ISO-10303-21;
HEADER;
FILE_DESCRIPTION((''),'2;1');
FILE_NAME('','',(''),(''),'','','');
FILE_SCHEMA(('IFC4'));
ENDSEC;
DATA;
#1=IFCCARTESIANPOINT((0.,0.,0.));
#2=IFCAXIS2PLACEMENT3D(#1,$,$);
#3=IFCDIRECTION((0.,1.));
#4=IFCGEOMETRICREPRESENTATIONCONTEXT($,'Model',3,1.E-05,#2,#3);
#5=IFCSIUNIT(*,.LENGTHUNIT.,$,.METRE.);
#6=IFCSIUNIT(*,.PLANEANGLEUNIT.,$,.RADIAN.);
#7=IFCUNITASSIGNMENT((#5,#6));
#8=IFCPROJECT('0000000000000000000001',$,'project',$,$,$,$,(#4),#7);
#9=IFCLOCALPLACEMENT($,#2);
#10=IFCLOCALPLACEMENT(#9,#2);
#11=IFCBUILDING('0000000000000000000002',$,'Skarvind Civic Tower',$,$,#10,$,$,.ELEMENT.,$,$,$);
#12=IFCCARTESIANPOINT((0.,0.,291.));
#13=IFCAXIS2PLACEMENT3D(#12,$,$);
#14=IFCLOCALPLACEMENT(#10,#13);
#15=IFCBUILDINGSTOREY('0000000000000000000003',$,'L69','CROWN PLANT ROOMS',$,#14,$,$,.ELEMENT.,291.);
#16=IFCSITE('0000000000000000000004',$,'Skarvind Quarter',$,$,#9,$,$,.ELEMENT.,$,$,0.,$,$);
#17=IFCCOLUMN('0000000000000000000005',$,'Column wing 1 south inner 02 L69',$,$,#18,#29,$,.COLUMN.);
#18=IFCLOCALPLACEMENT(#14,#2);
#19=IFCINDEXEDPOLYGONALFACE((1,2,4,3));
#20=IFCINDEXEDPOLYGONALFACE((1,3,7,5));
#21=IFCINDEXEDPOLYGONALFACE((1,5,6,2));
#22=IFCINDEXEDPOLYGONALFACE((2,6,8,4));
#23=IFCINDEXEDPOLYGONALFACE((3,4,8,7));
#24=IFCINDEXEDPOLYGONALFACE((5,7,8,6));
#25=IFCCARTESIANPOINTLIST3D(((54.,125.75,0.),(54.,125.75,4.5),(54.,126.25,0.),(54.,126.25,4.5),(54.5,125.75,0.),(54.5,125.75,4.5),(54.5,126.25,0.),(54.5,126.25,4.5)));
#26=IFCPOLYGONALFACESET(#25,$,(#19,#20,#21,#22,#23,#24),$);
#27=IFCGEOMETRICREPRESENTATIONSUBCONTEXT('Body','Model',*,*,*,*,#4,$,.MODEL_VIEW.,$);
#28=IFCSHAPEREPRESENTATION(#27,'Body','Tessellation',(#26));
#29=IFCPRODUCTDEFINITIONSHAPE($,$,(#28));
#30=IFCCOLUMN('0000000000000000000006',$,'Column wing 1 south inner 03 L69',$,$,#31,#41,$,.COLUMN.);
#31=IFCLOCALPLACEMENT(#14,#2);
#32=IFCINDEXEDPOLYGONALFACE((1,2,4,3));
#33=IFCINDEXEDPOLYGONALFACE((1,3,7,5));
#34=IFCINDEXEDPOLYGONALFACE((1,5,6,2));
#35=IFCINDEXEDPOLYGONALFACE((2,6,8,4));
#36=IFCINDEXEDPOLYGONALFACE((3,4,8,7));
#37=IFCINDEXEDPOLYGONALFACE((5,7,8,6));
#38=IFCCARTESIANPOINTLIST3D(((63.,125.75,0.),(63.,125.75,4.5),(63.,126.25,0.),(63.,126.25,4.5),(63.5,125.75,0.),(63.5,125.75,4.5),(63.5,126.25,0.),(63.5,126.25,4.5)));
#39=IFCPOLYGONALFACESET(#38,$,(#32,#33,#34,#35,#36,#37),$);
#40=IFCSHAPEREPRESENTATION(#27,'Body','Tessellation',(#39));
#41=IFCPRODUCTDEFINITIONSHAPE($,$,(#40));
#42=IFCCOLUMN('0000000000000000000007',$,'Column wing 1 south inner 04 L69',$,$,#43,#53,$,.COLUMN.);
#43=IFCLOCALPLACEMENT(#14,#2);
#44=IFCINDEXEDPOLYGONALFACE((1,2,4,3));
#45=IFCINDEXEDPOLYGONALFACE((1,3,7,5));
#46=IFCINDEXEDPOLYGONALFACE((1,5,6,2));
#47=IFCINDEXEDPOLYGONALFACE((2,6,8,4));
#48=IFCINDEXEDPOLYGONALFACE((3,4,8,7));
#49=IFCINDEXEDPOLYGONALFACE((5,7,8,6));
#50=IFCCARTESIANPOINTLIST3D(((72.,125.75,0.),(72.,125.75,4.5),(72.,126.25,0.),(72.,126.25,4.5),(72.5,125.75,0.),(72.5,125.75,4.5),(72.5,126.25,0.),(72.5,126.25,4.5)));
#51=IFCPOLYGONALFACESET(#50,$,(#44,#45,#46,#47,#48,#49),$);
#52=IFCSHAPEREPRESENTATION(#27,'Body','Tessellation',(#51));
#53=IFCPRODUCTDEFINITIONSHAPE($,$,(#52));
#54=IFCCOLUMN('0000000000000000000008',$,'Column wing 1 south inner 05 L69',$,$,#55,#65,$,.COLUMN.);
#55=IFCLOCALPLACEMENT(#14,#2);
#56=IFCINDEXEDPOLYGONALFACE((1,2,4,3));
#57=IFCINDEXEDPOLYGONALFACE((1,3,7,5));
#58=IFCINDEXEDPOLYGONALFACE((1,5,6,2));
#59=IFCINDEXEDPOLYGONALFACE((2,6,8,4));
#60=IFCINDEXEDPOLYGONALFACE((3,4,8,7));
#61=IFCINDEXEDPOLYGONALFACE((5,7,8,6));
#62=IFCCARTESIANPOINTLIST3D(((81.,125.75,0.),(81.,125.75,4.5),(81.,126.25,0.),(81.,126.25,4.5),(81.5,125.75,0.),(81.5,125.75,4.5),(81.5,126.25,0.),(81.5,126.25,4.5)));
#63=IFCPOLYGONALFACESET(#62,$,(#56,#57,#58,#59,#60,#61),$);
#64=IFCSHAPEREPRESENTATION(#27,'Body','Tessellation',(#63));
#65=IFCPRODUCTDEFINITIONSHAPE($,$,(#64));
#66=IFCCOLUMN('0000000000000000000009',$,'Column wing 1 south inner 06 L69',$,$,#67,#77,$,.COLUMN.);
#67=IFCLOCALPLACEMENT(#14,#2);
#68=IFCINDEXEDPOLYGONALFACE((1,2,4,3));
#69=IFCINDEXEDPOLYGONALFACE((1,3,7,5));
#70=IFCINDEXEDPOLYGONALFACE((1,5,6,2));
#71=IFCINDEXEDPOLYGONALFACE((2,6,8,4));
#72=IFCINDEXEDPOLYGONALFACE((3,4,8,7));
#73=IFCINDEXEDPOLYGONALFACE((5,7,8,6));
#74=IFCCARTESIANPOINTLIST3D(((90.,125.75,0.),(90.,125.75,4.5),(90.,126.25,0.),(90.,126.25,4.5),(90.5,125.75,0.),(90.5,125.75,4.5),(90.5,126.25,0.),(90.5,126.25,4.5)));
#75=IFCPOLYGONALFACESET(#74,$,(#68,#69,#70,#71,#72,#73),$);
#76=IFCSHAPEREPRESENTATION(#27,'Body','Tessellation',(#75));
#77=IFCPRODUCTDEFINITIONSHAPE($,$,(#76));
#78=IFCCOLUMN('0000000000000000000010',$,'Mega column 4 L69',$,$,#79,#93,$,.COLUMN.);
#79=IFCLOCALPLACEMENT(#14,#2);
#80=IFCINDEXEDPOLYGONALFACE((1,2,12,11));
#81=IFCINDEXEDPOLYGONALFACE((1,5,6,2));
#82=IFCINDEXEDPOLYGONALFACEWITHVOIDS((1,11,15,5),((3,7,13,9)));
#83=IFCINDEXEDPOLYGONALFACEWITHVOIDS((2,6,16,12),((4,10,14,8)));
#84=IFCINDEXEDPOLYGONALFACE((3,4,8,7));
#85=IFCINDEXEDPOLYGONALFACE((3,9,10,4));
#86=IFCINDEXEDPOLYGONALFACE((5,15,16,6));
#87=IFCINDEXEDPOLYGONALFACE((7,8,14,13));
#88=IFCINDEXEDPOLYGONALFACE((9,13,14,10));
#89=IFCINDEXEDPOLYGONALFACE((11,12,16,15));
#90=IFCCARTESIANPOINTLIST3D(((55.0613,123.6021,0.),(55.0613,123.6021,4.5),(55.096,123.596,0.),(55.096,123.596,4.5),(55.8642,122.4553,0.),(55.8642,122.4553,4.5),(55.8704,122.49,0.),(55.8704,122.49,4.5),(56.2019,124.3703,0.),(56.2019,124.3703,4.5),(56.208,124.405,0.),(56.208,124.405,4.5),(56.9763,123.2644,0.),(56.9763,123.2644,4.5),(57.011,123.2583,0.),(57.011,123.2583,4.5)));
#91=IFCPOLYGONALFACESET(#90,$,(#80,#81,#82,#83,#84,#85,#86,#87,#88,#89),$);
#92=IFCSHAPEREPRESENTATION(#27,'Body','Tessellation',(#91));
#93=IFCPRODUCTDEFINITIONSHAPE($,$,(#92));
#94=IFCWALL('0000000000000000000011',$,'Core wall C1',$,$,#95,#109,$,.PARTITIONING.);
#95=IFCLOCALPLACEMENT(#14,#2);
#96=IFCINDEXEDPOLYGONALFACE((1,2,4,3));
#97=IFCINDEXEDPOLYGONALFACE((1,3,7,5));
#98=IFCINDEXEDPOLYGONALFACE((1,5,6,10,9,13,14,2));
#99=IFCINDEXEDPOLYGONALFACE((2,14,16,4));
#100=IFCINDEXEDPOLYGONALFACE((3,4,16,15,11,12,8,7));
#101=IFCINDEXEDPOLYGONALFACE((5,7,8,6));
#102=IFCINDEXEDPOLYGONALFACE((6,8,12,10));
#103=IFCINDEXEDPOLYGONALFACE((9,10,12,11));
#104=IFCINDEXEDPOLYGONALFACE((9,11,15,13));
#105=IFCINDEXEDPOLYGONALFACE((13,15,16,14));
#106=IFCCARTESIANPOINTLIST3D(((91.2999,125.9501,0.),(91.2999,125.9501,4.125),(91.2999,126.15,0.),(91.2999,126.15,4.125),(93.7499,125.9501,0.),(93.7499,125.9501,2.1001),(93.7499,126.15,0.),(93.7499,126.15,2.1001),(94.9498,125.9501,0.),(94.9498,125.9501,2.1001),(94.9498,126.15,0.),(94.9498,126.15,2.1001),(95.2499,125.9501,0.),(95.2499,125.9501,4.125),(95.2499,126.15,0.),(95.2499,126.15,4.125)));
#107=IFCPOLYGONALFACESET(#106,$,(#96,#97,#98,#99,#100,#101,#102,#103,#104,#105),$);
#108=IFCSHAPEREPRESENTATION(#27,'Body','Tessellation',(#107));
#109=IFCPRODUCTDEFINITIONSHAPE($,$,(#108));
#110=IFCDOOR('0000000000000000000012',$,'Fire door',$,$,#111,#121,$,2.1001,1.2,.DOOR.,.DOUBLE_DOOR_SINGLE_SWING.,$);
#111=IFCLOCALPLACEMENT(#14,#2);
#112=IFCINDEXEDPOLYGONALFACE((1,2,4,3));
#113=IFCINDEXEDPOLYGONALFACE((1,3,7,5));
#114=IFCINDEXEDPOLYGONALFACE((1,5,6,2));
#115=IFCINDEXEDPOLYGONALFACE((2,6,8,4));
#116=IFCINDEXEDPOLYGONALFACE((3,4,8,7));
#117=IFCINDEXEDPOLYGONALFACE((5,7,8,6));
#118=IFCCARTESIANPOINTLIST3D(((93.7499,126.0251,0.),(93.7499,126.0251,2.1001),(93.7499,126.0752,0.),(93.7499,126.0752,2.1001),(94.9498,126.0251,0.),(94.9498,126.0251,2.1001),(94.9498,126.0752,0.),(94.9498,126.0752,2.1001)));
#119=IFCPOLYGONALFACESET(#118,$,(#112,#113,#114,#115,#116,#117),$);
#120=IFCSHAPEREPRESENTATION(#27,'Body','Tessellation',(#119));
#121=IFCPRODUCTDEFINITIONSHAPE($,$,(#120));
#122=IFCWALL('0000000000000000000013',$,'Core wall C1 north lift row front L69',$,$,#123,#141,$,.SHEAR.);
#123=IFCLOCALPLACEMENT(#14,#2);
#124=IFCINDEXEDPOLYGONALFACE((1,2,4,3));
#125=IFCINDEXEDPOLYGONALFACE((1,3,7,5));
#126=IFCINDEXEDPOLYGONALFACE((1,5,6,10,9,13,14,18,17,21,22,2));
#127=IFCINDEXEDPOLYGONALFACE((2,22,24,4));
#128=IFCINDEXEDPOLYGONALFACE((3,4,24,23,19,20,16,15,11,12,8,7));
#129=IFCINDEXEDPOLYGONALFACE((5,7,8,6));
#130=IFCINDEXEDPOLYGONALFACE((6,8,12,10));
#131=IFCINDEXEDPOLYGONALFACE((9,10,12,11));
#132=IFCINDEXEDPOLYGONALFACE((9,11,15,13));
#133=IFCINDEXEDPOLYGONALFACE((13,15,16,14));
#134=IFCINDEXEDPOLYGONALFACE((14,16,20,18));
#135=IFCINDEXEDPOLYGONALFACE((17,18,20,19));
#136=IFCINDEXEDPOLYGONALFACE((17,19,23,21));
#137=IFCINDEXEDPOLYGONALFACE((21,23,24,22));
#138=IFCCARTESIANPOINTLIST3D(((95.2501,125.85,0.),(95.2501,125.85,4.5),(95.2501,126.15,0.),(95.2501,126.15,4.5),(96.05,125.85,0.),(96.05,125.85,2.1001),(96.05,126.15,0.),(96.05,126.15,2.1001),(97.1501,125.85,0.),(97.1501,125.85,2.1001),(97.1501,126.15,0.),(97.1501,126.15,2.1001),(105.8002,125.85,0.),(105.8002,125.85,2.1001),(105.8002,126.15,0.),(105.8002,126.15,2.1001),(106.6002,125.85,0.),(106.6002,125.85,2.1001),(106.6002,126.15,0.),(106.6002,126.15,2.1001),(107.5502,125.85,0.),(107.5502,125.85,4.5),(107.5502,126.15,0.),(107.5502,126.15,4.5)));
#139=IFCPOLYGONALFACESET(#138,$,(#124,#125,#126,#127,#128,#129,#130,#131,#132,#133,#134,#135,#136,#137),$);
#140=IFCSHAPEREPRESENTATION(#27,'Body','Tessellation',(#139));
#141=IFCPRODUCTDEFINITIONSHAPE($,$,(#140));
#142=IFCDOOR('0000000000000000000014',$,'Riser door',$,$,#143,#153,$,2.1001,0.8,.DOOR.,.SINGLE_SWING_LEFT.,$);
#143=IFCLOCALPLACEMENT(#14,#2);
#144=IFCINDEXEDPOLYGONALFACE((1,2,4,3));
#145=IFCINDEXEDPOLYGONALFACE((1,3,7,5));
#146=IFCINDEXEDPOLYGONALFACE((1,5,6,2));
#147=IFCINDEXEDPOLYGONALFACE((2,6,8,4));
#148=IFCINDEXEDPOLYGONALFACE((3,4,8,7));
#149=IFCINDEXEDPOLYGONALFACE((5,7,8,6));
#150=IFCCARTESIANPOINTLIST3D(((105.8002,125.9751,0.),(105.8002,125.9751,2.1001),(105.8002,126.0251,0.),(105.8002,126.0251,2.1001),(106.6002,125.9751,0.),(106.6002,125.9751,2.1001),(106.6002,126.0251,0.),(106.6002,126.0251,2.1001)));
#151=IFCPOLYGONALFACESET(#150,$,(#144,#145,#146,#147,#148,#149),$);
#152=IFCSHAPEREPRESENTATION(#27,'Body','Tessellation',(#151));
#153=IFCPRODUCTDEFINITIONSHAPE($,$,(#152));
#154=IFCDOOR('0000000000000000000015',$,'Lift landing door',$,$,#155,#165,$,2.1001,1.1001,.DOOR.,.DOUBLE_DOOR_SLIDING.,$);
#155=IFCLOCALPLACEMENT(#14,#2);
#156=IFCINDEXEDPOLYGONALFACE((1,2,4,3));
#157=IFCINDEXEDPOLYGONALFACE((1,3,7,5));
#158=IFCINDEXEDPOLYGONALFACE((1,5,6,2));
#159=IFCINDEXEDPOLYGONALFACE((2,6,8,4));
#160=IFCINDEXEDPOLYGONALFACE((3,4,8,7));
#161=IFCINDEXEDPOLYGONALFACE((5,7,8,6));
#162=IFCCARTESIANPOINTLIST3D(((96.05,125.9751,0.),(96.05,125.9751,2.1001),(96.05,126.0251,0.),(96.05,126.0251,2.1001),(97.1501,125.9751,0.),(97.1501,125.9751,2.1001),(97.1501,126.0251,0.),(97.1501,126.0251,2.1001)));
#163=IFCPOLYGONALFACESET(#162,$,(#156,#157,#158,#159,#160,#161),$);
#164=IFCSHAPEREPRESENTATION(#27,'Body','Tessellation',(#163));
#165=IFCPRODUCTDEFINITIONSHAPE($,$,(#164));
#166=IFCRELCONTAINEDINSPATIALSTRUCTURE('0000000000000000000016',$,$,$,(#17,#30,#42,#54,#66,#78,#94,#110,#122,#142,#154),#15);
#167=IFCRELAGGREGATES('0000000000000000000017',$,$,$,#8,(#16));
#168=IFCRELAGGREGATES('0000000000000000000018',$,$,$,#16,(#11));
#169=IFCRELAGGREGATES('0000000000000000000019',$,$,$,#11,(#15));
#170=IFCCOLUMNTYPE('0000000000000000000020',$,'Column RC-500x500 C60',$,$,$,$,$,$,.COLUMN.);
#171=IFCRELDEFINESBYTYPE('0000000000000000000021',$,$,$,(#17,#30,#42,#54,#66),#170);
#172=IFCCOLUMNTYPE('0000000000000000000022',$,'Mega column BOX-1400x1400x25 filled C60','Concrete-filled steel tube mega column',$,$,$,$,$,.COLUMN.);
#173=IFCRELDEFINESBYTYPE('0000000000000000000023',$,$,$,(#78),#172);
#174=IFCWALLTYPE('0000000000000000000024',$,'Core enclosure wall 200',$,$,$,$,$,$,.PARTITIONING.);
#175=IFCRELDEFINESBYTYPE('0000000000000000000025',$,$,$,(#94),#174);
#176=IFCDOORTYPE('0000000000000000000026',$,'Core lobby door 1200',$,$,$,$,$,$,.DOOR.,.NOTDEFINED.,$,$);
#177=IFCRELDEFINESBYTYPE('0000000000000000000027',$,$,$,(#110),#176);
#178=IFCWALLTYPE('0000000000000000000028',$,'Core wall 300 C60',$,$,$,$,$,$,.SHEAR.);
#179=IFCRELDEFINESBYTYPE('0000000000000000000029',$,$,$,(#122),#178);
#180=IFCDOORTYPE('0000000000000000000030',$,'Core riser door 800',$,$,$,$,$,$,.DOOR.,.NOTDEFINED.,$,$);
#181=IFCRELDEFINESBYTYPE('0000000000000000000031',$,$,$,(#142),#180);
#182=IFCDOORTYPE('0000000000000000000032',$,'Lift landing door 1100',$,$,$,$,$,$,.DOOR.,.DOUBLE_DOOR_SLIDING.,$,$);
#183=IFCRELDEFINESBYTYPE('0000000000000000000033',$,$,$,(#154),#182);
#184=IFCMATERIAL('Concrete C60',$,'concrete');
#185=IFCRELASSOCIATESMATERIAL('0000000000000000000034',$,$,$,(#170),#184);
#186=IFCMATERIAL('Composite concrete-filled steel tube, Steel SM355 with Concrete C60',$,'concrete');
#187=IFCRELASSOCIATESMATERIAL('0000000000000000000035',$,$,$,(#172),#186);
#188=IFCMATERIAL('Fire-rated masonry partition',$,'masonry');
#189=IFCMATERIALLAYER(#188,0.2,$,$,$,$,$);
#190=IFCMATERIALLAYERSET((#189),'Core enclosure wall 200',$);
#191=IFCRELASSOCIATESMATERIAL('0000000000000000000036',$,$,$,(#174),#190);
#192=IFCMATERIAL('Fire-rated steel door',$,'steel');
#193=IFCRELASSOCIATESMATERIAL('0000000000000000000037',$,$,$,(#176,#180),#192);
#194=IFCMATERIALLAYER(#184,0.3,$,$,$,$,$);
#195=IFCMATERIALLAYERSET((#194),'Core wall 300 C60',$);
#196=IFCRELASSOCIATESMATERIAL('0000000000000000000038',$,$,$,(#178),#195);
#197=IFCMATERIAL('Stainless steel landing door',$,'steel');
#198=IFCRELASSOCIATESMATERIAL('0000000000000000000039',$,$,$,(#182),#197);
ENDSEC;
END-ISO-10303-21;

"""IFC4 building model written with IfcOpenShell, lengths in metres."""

from ifc_helpers import new_model, si_unit, direction, frame, frame_2d, origin, origin_2d, place, context, subcontext, project, spatial, rectangle, hollow_rectangle, extrude, material, layer, layer_set, material_profile, profile_set, type_object, element, fill, save


model = new_model("IFC4")

# Units and contexts
model_context = context("Model", 3, precision=1e-05, world=origin(), true_north=direction((0.0, 1.0)))
body_context = subcontext(model_context, "Body", "Model", "MODEL_VIEW")
ifc_project = project(units=[si_unit("LENGTHUNIT", "METRE"), si_unit("PLANEANGLEUNIT", "RADIAN")], contexts=[model_context])

# Site, building, storey
site_placement = place(None, origin())
site = spatial("IfcSite", under=ifc_project, at=site_placement, Name="Skarvind Quarter", CompositionType="ELEMENT", RefElevation=0.0)
building_placement = place(site_placement, origin())
building = spatial("IfcBuilding", under=site, at=building_placement, Name="Skarvind Civic Tower", CompositionType="ELEMENT")
storey_placement = place(building_placement, frame((0.0, 0.0, 291.0)))
storey = spatial("IfcBuildingStorey", under=building, at=storey_placement, Name="L69", Description="CROWN PLANT ROOMS", CompositionType="ELEMENT", Elevation=291.0)

# Columns
ifc_material_1 = material(Name="Concrete C60", Category="concrete")
ifc_material_profile_1 = material_profile(ifc_material_1, rectangle(XDim=0.5, YDim=0.5, at=origin_2d()), Name="RC-500x500")
ifc_profile_set_1 = profile_set([ifc_material_profile_1], Name="Concrete C60")
column_type_1 = type_object("IfcColumnType", Name="Column RC-500x500 C60", PredefinedType="COLUMN", material=ifc_profile_set_1)
for number, where, z_axis, x_axis, name in (
    (1, (54.25, 126.0, 0.0), (0.0, 0.0, 1.0), (1.0, 0.0, 0.0), "Column wing 1 south inner 02 L69"),
    (2, (63.25, 126.0, 0.0), (0.0, 0.0, 1.0), (1.0, 0.0, 0.0), "Column wing 1 south inner 03 L69"),
    (3, (72.25, 126.0, 0.0), (0.0, 0.0, 1.0), (1.0, 0.0, 0.0), "Column wing 1 south inner 04 L69"),
    (4, (81.25, 126.0, 0.0), (0.0, 0.0, 1.0), (1.0, 0.0, 0.0), "Column wing 1 south inner 05 L69"),
    (5, (90.25, 126.0, 0.0), (0.0, 0.0, 1.0), (1.0, 0.0, 0.0), "Column wing 1 south inner 06 L69"),
):
    element("IfcColumn", number, at=place(storey_placement, frame(where, z_axis=z_axis, x_axis=x_axis)), inside=storey, type_object=column_type_1, Name=name, PredefinedType="COLUMN", context=body_context, shape_type="SweptSolid", body=[
        extrude(rectangle(XDim=0.5, YDim=0.5, at=origin_2d()), origin(), (0.0, 0.0, 1.0), 4.5),
    ])
ifc_material_2 = material(Name="Composite concrete-filled steel tube, Steel SM355 with Concrete C60", Category="concrete")
ifc_material_profile_2 = material_profile(ifc_material_2, hollow_rectangle(XDim=1.3999, YDim=1.3999, WallThickness=0.0249, at=origin_2d()), Name="BOX-1400x1400x25")
ifc_profile_set_2 = profile_set([ifc_material_profile_2], Name="Composite concrete-filled steel tube, Steel SM355 with Concrete C60")
column_type_2 = type_object("IfcColumnType", Name="Mega column BOX-1400x1400x25 filled C60", Description="Concrete-filled steel tube mega column", PredefinedType="COLUMN", material=ifc_profile_set_2)
column_placement = place(storey_placement, frame((56.0361, 123.4302, 0.0), z_axis=(0.0, 0.0, 1.0), x_axis=(0.573576, -0.819152, 0.0)))
element("IfcColumn", 6, at=column_placement, inside=storey, type_object=column_type_2, Name="Mega column 4 L69", PredefinedType="COLUMN", context=body_context, shape_type="SweptSolid", body=[
    extrude(hollow_rectangle(XDim=1.3999, YDim=1.3999, WallThickness=0.0249, at=origin_2d()), origin(), (0.0, 0.0, 1.0), 4.5),
])

# Wall, opening, door
ifc_material_3 = material(Name="Fire-rated masonry partition", Category="masonry")
ifc_layer_1 = layer(ifc_material_3, 0.2)
ifc_layer_set_1 = layer_set([ifc_layer_1], Name="Core enclosure wall 200")
wall_type_1 = type_object("IfcWallType", Name="Core enclosure wall 200", PredefinedType="PARTITIONING", material=ifc_layer_set_1)
wall_1_placement = place(storey_placement, frame((95.25, 126.05, 0.0), z_axis=(0.0, 0.0, 1.0), x_axis=(-1.0, 0.0, 0.0)))
wall_1 = element("IfcWall", 7, at=wall_1_placement, inside=storey, type_object=wall_type_1, Name="Core wall C1", PredefinedType="PARTITIONING", context=body_context, shape_type="SweptSolid", body=[
    extrude(rectangle(XDim=3.95, YDim=0.2, at=frame_2d((1.9751, 0.0))), origin(), (0.0, 0.0, 1.0), 4.125),
])
opening_1_placement = place(wall_1_placement, frame((0.3, 0.0, 0.0)))
opening_1 = element("IfcOpeningElement", 8, at=opening_1_placement, cuts=wall_1, PredefinedType="OPENING", context=body_context, shape_type="SweptSolid", body=[
    extrude(rectangle(XDim=1.2, YDim=2.1001, at=frame_2d((0.6001, 1.05))), frame((0.0, 0.1099, 0.0), z_axis=(0.0, -1.0, 0.0), x_axis=(1.0, 0.0, 0.0)), (0.0, 0.0, 1.0), 0.22),
])
ifc_material_4 = material(Name="Fire-rated steel door", Category="steel")
door_type_1 = type_object("IfcDoorType", Name="Core lobby door 1200", OperationType="NOTDEFINED", PredefinedType="DOOR", material=ifc_material_4)
door_1_placement = place(opening_1_placement, origin())
door_1 = element("IfcDoor", 9, at=door_1_placement, inside=storey, type_object=door_type_1, Name="Fire door", OperationType="DOUBLE_DOOR_SINGLE_SWING", OverallHeight=2.1001, OverallWidth=1.2, PredefinedType="DOOR", context=body_context, shape_type="SweptSolid", body=[
    extrude(rectangle(XDim=1.2, YDim=2.1001, at=frame_2d((0.6001, 1.05))), frame((0.0, 0.0249, 0.0), z_axis=(0.0, -1.0, 0.0), x_axis=(1.0, 0.0, 0.0)), (0.0, 0.0, 1.0), 0.05),
])
fill(opening_1, door_1)

# Wall, openings, doors
ifc_layer_2 = layer(ifc_material_1, 0.3)
ifc_layer_set_2 = layer_set([ifc_layer_2], Name="Core wall 300 C60")
wall_type_2 = type_object("IfcWallType", Name="Core wall 300 C60", PredefinedType="SHEAR", material=ifc_layer_set_2)
wall_2_placement = place(storey_placement, frame((107.55, 126.0, 0.0), z_axis=(0.0, 0.0, 1.0), x_axis=(-1.0, 0.0, 0.0)))
wall_2 = element("IfcWall", 10, at=wall_2_placement, inside=storey, type_object=wall_type_2, Name="Core wall C1 north lift row front L69", PredefinedType="SHEAR", context=body_context, shape_type="SweptSolid", body=[
    extrude(rectangle(XDim=12.3, YDim=0.3, at=frame_2d((6.1499, 0.0))), origin(), (0.0, 0.0, 1.0), 4.5),
])
opening_2_placement = place(wall_2_placement, frame((10.3999, 0.0, 0.0)))
opening_2 = element("IfcOpeningElement", 11, at=opening_2_placement, cuts=wall_2, PredefinedType="OPENING", context=body_context, shape_type="SweptSolid", body=[
    extrude(rectangle(XDim=1.1001, YDim=2.1001, at=frame_2d((0.55, 1.05))), frame((0.0, 0.1599, 0.0), z_axis=(0.0, -1.0, 0.0), x_axis=(1.0, 0.0, 0.0)), (0.0, 0.0, 1.0), 0.3201),
])
opening_3_placement = place(wall_2_placement, frame((0.95, 0.0, 0.0)))
opening_3 = element("IfcOpeningElement", 12, at=opening_3_placement, cuts=wall_2, PredefinedType="OPENING", context=body_context, shape_type="SweptSolid", body=[
    extrude(rectangle(XDim=0.8, YDim=2.1001, at=frame_2d((0.3999, 1.05))), frame((0.0, 0.1599, 0.0), z_axis=(0.0, -1.0, 0.0), x_axis=(1.0, 0.0, 0.0)), (0.0, 0.0, 1.0), 0.3201),
])
door_type_2 = type_object("IfcDoorType", Name="Core riser door 800", OperationType="NOTDEFINED", PredefinedType="DOOR", material=ifc_material_4)
door_2_placement = place(opening_3_placement, origin())
door_2 = element("IfcDoor", 13, at=door_2_placement, inside=storey, type_object=door_type_2, Name="Riser door", OperationType="SINGLE_SWING_LEFT", OverallHeight=2.1001, OverallWidth=0.8, PredefinedType="DOOR", context=body_context, shape_type="SweptSolid", body=[
    extrude(rectangle(XDim=0.8, YDim=2.1001, at=frame_2d((0.3999, 1.05))), frame((0.0, 0.0249, 0.0), z_axis=(0.0, -1.0, 0.0), x_axis=(1.0, 0.0, 0.0)), (0.0, 0.0, 1.0), 0.05),
])
fill(opening_3, door_2)
ifc_material_5 = material(Name="Stainless steel landing door", Category="steel")
door_type_3 = type_object("IfcDoorType", Name="Lift landing door 1100", OperationType="DOUBLE_DOOR_SLIDING", PredefinedType="DOOR", material=ifc_material_5)
door_3_placement = place(opening_2_placement, origin())
door_3 = element("IfcDoor", 14, at=door_3_placement, inside=storey, type_object=door_type_3, Name="Lift landing door", OperationType="DOUBLE_DOOR_SLIDING", OverallHeight=2.1001, OverallWidth=1.1001, PredefinedType="DOOR", context=body_context, shape_type="SweptSolid", body=[
    extrude(rectangle(XDim=1.1001, YDim=2.1001, at=frame_2d((0.55, 1.05))), frame((0.0, 0.0249, 0.0), z_axis=(0.0, -1.0, 0.0), x_axis=(1.0, 0.0, 0.0)), (0.0, 0.0, 1.0), 0.05),
])
fill(opening_2, door_3)

save(model, "model.ifc")
